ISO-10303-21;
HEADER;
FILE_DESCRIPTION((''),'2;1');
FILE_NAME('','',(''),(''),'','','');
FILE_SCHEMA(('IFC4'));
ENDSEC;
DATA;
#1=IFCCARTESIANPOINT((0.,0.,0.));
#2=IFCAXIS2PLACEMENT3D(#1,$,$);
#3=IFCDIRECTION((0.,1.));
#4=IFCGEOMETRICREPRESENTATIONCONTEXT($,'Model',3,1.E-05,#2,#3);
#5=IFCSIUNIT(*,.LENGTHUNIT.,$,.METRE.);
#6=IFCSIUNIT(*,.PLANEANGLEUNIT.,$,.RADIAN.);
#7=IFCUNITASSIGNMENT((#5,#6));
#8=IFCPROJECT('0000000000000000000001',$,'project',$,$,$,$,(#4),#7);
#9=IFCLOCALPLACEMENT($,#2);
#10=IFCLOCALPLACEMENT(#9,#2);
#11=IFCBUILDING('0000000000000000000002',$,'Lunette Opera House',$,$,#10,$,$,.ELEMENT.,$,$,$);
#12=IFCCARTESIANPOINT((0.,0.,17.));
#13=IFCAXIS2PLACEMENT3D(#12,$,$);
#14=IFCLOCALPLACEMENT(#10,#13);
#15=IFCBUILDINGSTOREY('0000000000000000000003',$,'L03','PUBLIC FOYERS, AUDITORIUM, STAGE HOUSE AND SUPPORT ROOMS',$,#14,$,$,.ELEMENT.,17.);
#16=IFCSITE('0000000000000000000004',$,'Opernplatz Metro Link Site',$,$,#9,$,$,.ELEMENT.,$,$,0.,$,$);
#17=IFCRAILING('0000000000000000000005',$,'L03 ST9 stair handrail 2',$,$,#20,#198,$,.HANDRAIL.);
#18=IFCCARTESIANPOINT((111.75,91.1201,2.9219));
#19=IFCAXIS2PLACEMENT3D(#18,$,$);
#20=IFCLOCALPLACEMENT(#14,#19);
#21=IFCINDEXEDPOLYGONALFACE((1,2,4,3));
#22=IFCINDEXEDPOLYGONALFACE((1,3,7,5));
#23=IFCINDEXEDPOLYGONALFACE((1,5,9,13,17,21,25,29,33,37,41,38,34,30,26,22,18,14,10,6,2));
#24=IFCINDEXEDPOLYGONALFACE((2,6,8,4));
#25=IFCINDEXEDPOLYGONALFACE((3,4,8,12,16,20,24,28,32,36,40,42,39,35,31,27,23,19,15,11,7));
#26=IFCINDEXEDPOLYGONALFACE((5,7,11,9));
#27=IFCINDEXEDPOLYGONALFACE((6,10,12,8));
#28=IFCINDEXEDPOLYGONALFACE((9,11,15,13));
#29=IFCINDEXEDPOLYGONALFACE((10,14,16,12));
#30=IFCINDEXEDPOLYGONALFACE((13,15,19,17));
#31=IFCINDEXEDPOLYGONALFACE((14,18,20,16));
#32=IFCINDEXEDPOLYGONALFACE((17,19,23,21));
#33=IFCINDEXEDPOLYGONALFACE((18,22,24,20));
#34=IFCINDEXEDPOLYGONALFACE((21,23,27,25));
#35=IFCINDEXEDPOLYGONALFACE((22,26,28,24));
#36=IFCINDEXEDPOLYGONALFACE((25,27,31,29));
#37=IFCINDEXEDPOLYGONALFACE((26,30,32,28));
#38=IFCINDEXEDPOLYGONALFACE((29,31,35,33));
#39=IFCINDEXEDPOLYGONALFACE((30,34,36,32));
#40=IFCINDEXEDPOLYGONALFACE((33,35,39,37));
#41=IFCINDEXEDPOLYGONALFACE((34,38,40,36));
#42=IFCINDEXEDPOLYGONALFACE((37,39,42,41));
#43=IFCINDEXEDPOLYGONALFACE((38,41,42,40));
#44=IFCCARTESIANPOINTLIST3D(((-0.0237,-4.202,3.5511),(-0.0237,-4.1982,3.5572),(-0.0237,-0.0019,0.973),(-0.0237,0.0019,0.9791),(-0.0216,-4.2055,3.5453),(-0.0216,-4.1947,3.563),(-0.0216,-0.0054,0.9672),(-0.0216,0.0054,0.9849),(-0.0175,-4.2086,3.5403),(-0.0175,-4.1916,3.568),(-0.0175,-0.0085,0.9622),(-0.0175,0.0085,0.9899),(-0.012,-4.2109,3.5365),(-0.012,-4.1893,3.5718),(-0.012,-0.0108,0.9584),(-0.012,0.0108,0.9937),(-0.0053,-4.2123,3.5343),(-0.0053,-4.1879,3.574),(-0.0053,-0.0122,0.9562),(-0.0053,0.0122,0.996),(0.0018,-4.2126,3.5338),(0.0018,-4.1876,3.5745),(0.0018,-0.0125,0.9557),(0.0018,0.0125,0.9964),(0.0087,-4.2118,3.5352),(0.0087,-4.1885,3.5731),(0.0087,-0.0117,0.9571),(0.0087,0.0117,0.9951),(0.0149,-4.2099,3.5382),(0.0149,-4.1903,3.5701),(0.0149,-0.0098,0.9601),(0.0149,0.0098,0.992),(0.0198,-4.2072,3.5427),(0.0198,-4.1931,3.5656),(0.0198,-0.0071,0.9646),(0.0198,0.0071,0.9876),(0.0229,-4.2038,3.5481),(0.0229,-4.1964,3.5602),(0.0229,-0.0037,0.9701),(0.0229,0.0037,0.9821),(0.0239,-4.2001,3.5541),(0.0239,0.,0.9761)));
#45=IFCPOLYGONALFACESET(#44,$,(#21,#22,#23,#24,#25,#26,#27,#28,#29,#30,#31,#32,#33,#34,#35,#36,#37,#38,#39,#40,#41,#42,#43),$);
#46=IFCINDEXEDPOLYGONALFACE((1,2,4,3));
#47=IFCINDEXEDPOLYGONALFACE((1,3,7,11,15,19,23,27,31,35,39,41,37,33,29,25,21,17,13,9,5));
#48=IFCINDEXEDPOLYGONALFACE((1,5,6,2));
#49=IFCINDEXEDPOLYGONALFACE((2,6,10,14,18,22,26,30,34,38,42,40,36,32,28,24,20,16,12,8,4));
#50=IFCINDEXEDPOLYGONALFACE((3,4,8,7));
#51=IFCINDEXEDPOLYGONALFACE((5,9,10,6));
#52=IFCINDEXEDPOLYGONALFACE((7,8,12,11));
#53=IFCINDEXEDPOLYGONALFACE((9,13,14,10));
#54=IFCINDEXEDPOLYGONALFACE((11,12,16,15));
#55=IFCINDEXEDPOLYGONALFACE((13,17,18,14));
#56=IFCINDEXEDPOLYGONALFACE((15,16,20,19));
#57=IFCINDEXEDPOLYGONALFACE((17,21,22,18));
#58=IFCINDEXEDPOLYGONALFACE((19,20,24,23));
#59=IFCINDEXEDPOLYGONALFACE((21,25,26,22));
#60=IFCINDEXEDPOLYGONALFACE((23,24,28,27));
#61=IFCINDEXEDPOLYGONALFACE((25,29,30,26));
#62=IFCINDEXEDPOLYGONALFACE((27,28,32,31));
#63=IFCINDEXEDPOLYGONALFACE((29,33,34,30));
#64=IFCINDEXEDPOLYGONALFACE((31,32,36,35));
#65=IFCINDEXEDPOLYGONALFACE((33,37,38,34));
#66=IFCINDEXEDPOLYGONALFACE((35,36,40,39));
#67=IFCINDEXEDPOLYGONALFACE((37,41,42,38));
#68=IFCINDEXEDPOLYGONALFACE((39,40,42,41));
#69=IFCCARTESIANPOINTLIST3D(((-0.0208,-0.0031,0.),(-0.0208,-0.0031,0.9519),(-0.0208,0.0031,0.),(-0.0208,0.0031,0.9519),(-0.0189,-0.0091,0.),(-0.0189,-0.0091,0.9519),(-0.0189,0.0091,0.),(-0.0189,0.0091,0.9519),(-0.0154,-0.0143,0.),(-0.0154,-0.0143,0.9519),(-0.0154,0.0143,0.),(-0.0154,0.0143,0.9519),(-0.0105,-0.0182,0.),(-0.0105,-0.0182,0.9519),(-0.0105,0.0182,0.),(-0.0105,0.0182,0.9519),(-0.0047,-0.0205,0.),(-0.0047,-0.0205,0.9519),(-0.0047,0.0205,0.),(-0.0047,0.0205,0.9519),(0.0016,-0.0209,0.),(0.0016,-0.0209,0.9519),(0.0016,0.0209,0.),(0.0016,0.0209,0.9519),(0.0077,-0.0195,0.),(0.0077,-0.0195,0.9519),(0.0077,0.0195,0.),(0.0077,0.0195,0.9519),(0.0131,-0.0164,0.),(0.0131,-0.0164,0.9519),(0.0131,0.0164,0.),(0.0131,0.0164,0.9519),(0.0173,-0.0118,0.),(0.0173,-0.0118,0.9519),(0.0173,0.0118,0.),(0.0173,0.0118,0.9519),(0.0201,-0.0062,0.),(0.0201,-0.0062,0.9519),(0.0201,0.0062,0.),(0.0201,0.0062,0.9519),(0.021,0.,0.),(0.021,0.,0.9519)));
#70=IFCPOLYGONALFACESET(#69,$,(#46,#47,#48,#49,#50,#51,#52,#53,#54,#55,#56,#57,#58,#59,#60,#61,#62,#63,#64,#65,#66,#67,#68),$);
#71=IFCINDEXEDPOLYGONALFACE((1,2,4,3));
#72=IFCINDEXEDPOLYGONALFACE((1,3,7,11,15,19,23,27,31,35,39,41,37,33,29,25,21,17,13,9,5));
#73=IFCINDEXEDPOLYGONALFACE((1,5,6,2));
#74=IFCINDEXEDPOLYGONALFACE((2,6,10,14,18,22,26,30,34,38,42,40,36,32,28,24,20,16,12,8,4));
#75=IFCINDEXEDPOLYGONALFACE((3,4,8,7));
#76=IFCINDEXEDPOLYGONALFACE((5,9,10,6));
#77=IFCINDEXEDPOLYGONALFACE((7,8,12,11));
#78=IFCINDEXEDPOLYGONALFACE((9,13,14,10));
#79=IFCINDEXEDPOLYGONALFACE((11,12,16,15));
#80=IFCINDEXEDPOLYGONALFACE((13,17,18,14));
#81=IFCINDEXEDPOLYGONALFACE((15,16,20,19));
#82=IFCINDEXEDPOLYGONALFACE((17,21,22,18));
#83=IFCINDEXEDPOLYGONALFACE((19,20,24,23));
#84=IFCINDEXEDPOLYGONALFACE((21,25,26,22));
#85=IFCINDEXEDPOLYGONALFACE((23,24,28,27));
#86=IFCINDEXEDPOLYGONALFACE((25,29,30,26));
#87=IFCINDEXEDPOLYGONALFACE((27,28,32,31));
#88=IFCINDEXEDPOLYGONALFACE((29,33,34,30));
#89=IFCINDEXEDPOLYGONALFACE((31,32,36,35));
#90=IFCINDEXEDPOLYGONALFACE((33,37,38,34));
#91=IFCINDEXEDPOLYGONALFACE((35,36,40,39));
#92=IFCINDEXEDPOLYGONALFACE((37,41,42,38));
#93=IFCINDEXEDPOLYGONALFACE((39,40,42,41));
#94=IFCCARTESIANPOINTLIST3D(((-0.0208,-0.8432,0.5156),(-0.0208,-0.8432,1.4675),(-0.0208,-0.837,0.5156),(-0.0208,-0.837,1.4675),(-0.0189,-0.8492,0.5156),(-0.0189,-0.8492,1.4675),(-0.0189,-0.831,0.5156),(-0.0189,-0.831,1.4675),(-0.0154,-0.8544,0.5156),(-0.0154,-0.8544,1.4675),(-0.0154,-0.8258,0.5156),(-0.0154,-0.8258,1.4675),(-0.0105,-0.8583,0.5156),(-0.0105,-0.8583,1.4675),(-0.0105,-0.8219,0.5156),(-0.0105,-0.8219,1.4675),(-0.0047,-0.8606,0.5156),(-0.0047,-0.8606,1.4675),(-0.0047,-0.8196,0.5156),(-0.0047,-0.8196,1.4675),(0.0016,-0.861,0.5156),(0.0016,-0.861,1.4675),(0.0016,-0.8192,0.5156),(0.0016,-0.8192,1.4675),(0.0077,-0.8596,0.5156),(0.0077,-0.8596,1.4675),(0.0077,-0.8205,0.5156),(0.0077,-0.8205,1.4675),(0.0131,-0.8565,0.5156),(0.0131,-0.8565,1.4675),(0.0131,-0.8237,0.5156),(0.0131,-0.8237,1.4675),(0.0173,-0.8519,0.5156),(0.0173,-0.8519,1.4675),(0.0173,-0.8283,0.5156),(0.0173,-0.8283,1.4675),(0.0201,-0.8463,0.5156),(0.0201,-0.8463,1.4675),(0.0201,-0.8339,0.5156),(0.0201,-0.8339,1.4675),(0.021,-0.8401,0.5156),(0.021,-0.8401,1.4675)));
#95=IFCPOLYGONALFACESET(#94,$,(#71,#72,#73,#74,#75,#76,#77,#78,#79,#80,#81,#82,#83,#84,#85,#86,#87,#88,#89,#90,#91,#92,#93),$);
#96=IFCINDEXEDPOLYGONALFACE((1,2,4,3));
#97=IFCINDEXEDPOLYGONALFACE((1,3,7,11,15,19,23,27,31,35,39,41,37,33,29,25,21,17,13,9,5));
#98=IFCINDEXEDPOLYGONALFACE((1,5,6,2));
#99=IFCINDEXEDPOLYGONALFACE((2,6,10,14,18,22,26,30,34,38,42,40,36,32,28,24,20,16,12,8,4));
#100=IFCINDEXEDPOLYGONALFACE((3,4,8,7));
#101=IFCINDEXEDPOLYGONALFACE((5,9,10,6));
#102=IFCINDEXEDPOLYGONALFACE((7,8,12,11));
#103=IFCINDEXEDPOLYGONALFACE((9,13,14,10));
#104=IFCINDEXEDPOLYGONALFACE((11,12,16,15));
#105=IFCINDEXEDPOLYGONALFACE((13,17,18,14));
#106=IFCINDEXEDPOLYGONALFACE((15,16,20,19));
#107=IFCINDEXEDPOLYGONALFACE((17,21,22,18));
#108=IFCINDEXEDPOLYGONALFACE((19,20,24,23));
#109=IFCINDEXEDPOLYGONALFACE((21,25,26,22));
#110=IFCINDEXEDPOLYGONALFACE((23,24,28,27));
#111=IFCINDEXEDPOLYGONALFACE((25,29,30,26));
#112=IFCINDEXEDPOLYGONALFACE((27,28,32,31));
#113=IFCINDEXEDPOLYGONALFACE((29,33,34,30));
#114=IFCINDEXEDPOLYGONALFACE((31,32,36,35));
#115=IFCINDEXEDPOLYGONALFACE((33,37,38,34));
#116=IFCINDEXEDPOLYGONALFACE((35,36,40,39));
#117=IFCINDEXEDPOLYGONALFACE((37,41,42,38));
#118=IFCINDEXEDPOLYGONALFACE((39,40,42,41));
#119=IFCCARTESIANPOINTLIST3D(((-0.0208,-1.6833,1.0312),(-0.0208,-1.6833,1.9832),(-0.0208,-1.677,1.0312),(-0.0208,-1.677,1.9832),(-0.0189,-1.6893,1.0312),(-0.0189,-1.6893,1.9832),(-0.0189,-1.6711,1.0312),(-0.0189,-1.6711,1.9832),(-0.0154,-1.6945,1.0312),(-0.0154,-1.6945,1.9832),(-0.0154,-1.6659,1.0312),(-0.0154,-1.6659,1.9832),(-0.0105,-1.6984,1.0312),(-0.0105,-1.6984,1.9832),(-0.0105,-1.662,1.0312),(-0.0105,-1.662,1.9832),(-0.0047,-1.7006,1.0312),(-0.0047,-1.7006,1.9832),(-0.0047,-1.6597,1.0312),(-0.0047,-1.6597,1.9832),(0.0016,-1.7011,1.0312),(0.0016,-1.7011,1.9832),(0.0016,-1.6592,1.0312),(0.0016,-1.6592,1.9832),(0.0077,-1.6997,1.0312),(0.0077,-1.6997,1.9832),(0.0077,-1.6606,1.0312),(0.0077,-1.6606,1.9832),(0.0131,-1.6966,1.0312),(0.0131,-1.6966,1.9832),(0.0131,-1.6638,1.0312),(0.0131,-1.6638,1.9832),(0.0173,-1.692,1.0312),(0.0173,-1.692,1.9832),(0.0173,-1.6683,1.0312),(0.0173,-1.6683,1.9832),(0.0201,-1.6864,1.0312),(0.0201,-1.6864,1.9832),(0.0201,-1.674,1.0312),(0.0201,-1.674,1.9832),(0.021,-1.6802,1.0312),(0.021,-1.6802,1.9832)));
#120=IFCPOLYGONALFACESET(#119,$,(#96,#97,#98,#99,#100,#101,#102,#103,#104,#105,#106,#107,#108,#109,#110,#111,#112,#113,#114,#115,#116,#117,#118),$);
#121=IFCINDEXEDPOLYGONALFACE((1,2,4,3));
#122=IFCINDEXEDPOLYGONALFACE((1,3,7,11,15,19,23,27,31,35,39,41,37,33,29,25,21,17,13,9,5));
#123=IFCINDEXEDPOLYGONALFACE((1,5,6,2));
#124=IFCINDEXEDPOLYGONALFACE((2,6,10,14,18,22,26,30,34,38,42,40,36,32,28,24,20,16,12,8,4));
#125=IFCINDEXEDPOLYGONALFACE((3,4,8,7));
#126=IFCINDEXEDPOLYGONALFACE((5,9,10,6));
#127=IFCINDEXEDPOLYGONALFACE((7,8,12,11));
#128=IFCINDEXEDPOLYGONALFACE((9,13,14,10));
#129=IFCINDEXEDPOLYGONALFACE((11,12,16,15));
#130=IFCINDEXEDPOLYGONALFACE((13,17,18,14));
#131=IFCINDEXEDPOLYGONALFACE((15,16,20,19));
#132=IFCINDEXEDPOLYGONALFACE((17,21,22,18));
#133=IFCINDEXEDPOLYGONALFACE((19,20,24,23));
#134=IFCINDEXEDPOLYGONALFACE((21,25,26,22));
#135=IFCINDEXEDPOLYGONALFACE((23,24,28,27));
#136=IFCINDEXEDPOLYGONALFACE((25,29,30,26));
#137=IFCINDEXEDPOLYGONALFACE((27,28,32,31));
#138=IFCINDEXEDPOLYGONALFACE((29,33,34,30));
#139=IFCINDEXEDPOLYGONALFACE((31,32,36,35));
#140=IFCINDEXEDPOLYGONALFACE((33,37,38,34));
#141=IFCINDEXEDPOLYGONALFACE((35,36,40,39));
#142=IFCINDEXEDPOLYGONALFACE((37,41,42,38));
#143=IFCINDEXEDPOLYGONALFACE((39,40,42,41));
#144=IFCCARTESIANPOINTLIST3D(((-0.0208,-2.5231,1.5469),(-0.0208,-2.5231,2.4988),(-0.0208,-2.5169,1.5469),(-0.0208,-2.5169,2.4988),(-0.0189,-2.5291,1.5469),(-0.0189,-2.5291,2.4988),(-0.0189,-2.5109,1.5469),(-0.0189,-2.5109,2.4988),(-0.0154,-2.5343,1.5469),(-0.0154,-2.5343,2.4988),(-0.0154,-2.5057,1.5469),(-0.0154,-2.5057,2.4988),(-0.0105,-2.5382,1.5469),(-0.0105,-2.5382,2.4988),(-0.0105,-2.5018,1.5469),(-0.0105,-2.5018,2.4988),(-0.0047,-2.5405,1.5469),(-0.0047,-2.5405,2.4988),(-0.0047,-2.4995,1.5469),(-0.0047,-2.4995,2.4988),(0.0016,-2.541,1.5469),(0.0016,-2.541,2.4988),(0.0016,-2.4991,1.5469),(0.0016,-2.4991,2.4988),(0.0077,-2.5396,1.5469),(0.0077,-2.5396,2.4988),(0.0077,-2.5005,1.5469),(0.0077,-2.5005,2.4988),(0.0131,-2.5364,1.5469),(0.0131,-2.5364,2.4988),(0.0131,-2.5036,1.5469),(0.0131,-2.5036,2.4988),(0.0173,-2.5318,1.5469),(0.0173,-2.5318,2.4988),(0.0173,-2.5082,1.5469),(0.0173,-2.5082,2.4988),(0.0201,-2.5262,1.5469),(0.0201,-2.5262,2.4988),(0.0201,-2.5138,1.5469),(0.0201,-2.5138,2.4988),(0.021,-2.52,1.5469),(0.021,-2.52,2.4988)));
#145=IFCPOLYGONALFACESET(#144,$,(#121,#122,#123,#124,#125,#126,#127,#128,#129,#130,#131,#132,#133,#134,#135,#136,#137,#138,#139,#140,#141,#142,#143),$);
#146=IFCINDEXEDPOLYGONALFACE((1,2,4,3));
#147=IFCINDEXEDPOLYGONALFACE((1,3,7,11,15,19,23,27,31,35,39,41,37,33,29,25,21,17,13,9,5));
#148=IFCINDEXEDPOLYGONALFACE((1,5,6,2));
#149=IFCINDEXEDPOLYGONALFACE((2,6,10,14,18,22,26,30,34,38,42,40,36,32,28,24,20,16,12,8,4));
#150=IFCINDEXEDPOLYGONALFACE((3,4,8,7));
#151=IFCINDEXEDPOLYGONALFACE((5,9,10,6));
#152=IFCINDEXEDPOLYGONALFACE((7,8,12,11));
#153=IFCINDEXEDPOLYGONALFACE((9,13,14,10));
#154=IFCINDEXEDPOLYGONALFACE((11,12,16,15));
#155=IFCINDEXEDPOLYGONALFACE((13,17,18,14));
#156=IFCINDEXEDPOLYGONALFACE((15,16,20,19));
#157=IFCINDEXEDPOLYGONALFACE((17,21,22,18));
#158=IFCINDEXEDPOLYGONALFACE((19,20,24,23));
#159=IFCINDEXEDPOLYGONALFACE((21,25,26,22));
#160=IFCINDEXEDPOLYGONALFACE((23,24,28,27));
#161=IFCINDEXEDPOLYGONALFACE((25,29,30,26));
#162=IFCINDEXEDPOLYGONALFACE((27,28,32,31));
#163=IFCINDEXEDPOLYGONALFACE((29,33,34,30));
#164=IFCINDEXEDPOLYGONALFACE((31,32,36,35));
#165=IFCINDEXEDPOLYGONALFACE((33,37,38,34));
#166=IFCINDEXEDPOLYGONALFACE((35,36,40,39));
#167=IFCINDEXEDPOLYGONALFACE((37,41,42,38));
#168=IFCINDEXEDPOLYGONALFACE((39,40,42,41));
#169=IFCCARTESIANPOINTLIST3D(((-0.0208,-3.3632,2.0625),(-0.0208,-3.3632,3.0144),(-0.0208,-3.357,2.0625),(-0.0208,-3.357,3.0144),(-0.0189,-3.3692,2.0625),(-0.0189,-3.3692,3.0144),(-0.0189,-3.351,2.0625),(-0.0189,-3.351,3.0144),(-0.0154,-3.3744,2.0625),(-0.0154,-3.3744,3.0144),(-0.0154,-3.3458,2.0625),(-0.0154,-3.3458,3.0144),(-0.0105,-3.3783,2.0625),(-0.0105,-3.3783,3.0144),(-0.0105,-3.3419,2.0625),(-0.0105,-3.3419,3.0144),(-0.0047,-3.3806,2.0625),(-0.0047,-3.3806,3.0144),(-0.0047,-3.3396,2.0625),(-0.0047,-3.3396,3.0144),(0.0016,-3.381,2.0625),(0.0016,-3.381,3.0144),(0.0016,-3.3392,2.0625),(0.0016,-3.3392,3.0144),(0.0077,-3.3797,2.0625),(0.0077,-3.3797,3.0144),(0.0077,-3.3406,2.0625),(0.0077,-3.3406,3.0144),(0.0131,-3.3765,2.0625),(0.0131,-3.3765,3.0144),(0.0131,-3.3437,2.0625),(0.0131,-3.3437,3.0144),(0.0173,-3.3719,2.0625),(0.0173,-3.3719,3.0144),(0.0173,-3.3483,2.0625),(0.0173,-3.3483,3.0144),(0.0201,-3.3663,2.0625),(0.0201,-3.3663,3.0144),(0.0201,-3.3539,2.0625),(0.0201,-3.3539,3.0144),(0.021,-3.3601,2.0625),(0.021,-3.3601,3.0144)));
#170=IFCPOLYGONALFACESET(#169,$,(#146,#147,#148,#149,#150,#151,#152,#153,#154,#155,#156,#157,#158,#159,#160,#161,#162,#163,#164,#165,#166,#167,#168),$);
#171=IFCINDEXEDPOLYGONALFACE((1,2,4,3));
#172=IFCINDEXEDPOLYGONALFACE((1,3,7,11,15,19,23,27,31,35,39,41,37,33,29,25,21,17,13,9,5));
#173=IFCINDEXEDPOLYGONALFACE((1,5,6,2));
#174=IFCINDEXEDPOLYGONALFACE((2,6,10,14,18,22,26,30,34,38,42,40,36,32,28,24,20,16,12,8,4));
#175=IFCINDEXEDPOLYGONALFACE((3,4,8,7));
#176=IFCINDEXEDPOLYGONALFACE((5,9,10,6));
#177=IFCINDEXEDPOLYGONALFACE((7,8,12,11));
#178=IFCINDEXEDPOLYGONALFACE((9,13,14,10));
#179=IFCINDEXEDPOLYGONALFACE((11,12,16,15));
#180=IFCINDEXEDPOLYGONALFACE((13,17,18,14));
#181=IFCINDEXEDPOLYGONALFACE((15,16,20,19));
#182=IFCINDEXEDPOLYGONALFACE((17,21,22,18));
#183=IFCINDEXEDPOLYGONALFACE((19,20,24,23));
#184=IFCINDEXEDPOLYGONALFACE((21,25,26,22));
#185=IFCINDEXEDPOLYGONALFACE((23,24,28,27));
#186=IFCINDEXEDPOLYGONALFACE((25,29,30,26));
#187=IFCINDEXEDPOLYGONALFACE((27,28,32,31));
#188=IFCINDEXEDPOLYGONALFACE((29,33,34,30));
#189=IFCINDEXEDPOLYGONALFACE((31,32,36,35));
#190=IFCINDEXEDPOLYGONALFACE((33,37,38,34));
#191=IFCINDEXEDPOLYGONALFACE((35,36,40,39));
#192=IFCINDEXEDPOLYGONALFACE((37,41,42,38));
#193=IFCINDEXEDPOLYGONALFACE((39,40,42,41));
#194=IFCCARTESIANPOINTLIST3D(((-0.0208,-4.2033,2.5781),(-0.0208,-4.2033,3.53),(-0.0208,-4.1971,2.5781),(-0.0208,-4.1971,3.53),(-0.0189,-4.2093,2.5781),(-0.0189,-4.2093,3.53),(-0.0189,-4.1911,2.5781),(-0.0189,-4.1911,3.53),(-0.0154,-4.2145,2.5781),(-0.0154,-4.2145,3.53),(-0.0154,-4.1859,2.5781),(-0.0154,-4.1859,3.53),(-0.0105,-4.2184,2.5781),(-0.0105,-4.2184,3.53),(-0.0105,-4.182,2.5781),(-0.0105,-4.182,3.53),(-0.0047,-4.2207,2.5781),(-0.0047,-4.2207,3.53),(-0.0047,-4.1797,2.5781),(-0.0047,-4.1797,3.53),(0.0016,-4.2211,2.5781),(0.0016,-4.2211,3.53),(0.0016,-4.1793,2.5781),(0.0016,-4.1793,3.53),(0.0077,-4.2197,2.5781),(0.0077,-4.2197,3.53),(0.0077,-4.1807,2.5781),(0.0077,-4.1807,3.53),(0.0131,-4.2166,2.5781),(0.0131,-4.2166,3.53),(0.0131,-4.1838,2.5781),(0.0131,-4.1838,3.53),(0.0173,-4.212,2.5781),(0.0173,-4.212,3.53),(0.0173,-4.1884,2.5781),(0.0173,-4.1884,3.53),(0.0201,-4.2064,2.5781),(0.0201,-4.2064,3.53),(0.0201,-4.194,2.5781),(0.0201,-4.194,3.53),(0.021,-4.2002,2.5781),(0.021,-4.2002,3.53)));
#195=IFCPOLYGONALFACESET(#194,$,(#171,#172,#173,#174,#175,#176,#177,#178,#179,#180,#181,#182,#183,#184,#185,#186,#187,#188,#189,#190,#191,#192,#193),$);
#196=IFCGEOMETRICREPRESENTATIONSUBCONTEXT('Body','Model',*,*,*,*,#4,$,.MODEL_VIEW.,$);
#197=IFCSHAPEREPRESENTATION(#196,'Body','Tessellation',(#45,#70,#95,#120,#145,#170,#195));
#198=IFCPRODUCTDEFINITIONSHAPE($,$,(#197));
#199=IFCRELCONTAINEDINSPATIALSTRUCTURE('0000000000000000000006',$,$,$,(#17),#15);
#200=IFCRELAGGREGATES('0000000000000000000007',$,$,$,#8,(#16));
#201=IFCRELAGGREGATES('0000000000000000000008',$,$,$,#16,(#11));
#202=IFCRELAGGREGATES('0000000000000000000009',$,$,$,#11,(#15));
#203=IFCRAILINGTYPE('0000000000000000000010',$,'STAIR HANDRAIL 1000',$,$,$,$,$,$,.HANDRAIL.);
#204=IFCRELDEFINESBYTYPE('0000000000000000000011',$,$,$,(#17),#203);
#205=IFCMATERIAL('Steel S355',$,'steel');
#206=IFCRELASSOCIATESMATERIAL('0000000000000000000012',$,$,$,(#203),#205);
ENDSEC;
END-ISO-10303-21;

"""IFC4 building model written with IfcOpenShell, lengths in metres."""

from ifc_helpers import new_model, si_unit, direction, frame, origin, origin_2d, place, context, subcontext, project, spatial, circle, extrude, material, type_object, element, save


model = new_model("IFC4")

# Units and contexts
model_context = context("Model", 3, precision=1e-05, world=origin(), true_north=direction((0.0, 1.0)))
body_context = subcontext(model_context, "Body", "Model", "MODEL_VIEW")
ifc_project = project(units=[si_unit("LENGTHUNIT", "METRE"), si_unit("PLANEANGLEUNIT", "RADIAN")], contexts=[model_context])

# Site, building, storey
site_placement = place(None, origin())
site = spatial("IfcSite", under=ifc_project, at=site_placement, Name="Opernplatz Metro Link Site", CompositionType="ELEMENT", RefElevation=0.0)
building_placement = place(site_placement, origin())
building = spatial("IfcBuilding", under=site, at=building_placement, Name="Lunette Opera House", CompositionType="ELEMENT")
storey_placement = place(building_placement, frame((0.0, 0.0, 17.0)))
storey = spatial("IfcBuildingStorey", under=building, at=storey_placement, Name="L03", Description="PUBLIC FOYERS, AUDITORIUM, STAGE HOUSE AND SUPPORT ROOMS", CompositionType="ELEMENT", Elevation=17.0)

# Railing
ifc_material_1 = material(Name="Steel S355", Category="steel")
railing_type_1 = type_object("IfcRailingType", Name="STAIR HANDRAIL 1000", PredefinedType="HANDRAIL", material=ifc_material_1)
railing_1_placement = place(storey_placement, frame((111.75, 91.1201, 2.9219)))
element("IfcRailing", 1, at=railing_1_placement, inside=storey, type_object=railing_type_1, Name="L03 ST9 stair handrail 2", PredefinedType="HANDRAIL", context=body_context, shape_type="SweptSolid", body=[
    extrude(circle(Radius=0.0239, at=origin_2d()), frame((0.0, 0.0, 0.9761), z_axis=(0.0, -0.852256, 0.523124), x_axis=(1.0, 0.0, 0.0)), (0.0, 0.0, 1.0), 4.9282),
    extrude(circle(Radius=0.021, at=origin_2d()), origin(), (0.0, 0.0, 1.0), 0.9519),
    extrude(circle(Radius=0.021, at=origin_2d()), frame((0.0, -0.8401, 0.5156)), (0.0, 0.0, 1.0), 0.9519),
    extrude(circle(Radius=0.021, at=origin_2d()), frame((0.0, -1.6802, 1.0312)), (0.0, 0.0, 1.0), 0.9519),
    extrude(circle(Radius=0.021, at=origin_2d()), frame((0.0, -2.52, 1.5469)), (0.0, 0.0, 1.0), 0.9519),
    extrude(circle(Radius=0.021, at=origin_2d()), frame((0.0, -3.3601, 2.0625)), (0.0, 0.0, 1.0), 0.9519),
    extrude(circle(Radius=0.021, at=origin_2d()), frame((0.0, -4.2002, 2.5781)), (0.0, 0.0, 1.0), 0.9519),
])

save(model, "model.ifc")
